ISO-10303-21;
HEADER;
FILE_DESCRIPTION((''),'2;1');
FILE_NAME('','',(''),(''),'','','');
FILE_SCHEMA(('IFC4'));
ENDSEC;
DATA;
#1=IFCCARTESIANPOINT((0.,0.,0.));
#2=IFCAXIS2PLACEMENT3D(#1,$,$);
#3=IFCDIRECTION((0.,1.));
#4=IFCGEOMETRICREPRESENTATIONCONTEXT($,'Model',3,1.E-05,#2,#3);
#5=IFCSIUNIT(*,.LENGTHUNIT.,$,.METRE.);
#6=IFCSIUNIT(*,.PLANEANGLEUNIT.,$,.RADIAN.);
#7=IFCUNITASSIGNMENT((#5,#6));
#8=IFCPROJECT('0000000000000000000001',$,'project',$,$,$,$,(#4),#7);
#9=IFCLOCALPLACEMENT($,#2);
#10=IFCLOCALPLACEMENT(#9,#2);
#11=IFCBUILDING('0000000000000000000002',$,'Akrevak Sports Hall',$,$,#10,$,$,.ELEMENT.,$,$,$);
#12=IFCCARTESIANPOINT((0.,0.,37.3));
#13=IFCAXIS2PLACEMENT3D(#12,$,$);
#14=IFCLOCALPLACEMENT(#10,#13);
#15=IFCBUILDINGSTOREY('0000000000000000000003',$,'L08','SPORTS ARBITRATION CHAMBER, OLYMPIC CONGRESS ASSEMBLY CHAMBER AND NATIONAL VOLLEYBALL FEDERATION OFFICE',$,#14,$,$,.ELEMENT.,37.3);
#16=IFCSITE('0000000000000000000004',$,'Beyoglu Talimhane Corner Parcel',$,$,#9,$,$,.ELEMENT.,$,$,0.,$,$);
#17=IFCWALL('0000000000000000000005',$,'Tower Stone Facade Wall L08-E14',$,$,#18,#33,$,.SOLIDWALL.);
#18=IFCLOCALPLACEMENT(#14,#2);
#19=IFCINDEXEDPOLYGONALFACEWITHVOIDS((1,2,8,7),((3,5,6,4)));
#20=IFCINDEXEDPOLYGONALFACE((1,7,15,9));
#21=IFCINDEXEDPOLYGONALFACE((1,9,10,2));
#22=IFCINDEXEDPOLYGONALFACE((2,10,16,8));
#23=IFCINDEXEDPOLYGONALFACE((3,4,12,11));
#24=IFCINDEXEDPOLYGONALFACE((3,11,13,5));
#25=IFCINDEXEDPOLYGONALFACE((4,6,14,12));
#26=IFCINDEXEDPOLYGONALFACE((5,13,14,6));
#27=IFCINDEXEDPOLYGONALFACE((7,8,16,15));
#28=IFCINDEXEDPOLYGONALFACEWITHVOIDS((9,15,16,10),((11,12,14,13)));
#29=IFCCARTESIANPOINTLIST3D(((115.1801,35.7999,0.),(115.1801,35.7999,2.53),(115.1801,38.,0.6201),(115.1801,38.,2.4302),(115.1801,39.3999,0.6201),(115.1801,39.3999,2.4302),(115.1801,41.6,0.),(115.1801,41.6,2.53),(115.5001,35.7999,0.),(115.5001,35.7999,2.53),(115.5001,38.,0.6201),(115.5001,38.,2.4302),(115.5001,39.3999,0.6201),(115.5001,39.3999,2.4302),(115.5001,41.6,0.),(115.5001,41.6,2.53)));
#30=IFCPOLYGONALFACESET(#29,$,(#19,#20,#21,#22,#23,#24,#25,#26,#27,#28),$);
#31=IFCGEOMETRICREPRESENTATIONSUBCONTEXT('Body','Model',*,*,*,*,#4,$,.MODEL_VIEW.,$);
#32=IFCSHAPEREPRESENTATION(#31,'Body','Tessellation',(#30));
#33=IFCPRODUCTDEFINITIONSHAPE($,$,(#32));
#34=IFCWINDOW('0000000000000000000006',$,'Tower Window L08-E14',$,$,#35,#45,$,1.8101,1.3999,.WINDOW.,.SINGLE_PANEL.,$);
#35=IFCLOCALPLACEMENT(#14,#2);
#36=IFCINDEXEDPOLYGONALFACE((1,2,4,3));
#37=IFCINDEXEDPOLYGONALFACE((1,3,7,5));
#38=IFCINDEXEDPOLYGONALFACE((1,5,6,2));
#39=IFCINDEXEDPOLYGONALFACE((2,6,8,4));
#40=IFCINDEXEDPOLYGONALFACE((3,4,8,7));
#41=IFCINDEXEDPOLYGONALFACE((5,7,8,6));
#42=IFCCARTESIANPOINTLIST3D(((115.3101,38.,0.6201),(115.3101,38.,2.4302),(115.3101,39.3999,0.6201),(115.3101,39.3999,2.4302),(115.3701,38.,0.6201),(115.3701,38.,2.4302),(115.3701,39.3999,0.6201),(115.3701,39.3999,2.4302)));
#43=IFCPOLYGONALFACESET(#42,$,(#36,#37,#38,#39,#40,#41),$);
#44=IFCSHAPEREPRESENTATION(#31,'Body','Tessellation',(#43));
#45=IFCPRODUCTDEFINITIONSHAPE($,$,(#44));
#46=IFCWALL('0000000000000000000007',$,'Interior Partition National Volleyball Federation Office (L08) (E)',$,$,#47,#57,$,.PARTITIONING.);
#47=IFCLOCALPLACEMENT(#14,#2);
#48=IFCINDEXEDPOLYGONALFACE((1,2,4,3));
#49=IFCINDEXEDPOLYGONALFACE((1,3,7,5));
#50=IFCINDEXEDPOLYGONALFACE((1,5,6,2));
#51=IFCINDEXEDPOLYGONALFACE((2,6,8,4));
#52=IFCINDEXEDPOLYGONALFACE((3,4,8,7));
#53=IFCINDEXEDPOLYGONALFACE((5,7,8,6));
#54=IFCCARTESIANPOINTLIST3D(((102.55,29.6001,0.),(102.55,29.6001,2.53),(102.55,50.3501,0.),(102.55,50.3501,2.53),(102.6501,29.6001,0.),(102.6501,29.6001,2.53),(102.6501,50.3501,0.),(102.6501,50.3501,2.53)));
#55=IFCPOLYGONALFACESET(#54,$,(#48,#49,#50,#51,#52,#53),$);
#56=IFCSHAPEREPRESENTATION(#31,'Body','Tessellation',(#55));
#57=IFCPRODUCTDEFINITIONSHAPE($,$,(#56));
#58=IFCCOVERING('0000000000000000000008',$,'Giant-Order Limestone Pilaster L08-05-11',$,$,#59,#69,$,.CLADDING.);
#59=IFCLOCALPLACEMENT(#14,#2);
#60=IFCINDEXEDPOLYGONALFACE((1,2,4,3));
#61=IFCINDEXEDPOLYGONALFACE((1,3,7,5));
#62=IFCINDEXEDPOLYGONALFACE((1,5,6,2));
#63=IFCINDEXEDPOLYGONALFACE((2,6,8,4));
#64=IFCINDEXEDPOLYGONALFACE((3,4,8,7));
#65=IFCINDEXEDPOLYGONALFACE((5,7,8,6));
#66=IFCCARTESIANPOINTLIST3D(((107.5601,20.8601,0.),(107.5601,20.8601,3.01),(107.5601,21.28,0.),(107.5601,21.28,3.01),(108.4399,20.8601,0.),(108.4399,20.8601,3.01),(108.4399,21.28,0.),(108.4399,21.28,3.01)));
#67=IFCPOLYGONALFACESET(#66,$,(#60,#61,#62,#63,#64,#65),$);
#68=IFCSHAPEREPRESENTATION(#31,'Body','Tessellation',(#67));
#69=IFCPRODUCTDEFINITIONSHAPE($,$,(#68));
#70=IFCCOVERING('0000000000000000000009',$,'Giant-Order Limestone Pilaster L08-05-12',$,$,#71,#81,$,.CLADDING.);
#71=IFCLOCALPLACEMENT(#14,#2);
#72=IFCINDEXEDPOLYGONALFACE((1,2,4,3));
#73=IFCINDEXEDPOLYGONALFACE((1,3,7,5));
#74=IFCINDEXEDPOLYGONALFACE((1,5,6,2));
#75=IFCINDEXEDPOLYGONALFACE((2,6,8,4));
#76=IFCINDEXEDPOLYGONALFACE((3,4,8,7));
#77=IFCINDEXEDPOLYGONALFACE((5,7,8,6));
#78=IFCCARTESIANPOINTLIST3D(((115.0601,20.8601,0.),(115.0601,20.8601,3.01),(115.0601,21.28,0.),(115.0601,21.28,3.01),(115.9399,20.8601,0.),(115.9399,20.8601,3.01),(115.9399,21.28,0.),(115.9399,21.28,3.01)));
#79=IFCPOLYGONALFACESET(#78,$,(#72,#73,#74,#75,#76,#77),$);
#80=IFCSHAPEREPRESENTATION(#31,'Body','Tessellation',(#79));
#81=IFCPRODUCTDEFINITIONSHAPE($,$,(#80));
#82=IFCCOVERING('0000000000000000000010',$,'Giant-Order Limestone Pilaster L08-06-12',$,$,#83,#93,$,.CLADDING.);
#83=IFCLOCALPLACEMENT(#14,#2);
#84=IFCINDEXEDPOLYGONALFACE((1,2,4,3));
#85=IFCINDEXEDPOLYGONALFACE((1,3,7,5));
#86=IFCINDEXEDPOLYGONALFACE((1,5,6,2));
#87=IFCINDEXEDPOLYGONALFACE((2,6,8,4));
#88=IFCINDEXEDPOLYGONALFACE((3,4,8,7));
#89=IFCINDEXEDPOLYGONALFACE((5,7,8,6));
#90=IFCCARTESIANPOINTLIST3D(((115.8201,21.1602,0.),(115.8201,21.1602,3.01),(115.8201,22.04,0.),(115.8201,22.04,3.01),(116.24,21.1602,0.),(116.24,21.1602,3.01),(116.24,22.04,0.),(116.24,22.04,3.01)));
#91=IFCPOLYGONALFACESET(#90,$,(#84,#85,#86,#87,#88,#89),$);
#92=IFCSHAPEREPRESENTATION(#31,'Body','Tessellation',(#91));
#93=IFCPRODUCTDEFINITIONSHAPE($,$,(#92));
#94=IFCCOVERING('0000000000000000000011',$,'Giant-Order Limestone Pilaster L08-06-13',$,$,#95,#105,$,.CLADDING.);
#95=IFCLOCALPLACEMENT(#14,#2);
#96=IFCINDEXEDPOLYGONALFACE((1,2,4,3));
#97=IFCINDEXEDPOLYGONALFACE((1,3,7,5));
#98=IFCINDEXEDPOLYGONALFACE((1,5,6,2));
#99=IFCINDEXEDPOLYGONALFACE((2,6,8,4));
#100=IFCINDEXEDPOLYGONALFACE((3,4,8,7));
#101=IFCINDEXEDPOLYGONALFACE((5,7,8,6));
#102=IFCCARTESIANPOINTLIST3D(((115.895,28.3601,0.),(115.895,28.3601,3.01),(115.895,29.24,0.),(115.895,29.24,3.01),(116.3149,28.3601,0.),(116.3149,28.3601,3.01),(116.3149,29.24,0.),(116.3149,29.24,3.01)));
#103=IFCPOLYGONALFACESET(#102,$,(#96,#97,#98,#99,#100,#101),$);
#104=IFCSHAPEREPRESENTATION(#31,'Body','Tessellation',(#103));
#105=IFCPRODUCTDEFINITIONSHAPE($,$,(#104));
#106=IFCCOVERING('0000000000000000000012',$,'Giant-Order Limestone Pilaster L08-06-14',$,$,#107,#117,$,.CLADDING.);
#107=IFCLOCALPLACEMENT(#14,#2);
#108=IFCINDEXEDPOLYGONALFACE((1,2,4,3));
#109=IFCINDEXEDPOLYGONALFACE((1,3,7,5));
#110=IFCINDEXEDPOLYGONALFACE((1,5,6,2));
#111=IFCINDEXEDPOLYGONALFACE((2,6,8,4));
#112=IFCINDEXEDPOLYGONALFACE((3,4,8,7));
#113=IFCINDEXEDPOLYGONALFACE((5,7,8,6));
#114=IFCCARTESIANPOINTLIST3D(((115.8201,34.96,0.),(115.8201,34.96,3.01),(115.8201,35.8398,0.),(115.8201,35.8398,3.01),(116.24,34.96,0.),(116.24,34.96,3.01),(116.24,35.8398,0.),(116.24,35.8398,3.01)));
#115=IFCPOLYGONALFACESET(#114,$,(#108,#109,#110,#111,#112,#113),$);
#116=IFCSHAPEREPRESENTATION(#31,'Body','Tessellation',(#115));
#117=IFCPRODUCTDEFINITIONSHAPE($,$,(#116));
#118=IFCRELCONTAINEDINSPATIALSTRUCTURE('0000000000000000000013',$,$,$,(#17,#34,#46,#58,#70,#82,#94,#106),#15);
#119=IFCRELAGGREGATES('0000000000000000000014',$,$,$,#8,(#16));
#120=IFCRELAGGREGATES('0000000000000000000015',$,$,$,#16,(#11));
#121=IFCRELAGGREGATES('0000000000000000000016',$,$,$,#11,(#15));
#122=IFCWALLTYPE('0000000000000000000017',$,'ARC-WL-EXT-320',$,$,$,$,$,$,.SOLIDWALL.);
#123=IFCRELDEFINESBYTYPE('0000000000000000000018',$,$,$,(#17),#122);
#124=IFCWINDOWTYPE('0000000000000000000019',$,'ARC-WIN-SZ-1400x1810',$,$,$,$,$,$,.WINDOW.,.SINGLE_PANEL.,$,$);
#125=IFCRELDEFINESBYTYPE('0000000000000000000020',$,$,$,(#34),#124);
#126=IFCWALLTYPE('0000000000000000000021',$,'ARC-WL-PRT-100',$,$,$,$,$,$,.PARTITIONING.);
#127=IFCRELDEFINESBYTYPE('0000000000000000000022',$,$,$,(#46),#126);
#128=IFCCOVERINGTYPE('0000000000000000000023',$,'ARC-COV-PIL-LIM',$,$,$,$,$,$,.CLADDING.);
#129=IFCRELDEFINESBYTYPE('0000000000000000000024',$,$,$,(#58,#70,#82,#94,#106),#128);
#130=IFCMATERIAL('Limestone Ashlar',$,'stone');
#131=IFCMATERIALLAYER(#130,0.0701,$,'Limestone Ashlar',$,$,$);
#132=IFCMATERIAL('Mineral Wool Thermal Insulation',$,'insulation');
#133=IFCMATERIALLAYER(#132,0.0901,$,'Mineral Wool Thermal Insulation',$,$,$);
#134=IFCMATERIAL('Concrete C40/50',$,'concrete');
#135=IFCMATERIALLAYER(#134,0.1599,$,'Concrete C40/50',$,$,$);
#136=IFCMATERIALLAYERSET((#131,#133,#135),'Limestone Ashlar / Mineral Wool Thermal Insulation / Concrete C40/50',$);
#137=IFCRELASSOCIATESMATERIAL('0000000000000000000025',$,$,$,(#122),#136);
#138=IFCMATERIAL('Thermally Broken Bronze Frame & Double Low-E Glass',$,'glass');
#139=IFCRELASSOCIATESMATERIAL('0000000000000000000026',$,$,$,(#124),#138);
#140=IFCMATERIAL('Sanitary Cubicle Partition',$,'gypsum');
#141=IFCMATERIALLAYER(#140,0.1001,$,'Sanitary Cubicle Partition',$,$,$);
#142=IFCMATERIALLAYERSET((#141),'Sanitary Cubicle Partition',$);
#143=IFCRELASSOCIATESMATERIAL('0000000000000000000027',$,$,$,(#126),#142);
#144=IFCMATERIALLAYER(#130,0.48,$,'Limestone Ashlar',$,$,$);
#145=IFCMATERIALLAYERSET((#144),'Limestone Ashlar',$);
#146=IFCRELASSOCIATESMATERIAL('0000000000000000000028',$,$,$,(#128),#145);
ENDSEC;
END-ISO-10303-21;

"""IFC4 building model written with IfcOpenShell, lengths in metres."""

from ifc_helpers import new_model, si_unit, direction, frame, frame_2d, origin, origin_2d, place, context, subcontext, project, spatial, rectangle, extrude, material, layer, layer_set, type_object, element, fill, save


model = new_model("IFC4")

# Units and contexts
model_context = context("Model", 3, precision=1e-05, world=origin(), true_north=direction((0.0, 1.0)))
body_context = subcontext(model_context, "Body", "Model", "MODEL_VIEW")
ifc_project = project(units=[si_unit("LENGTHUNIT", "METRE"), si_unit("PLANEANGLEUNIT", "RADIAN")], contexts=[model_context])

# Site, building, storey
site_placement = place(None, origin())
site = spatial("IfcSite", under=ifc_project, at=site_placement, Name="Beyoglu Talimhane Corner Parcel", CompositionType="ELEMENT", RefElevation=0.0)
building_placement = place(site_placement, origin())
building = spatial("IfcBuilding", under=site, at=building_placement, Name="Akrevak Sports Hall", CompositionType="ELEMENT")
storey_placement = place(building_placement, frame((0.0, 0.0, 37.3)))
storey = spatial("IfcBuildingStorey", under=building, at=storey_placement, Name="L08", Description="SPORTS ARBITRATION CHAMBER, OLYMPIC CONGRESS ASSEMBLY CHAMBER AND NATIONAL VOLLEYBALL FEDERATION OFFICE", CompositionType="ELEMENT", Elevation=37.3)

# Shared definitions
ifc_material_1 = material(Name="Concrete C40/50", Category="concrete")

# Wall, opening, window
ifc_material_2 = material(Name="Limestone Ashlar", Category="stone")
ifc_layer_1 = layer(ifc_material_2, 0.0701, Name="Limestone Ashlar")
ifc_material_3 = material(Name="Mineral Wool Thermal Insulation", Category="insulation")
ifc_layer_2 = layer(ifc_material_3, 0.0901, Name="Mineral Wool Thermal Insulation")
ifc_layer_3 = layer(ifc_material_1, 0.1599, Name="Concrete C40/50")
ifc_layer_set_1 = layer_set([ifc_layer_1, ifc_layer_2, ifc_layer_3], Name="Limestone Ashlar / Mineral Wool Thermal Insulation / Concrete C40/50")
wall_type_1 = type_object("IfcWallType", Name="ARC-WL-EXT-320", PredefinedType="SOLIDWALL", material=ifc_layer_set_1)
ifc_material_4 = material(Name="Thermally Broken Bronze Frame & Double Low-E Glass", Category="glass")
wall_1_placement = place(storey_placement, frame((115.3401, 35.8, 0.0), z_axis=(0.0, 0.0, 1.0), x_axis=(0.0, 1.0, 0.0)))
wall_1 = element("IfcWall", 1, at=wall_1_placement, inside=storey, type_object=wall_type_1, Name="Tower Stone Facade Wall L08-E14", PredefinedType="SOLIDWALL", context=body_context, shape_type="SweptSolid", body=[
    extrude(rectangle(XDim=5.8, YDim=0.3201, at=frame_2d((2.8999, 0.0))), origin(), (0.0, 0.0, 1.0), 2.53),
])
opening_1_placement = place(wall_1_placement, frame((2.2, 0.0, 0.6201)))
opening_1 = element("IfcOpeningElement", 2, at=opening_1_placement, cuts=wall_1, PredefinedType="OPENING", context=body_context, shape_type="SweptSolid", body=[
    extrude(rectangle(XDim=1.3999, YDim=1.8101, at=frame_2d((0.7, 0.905))), frame((0.0, 0.1719, 0.0), z_axis=(0.0, -1.0, 0.0), x_axis=(1.0, 0.0, 0.0)), (0.0, 0.0, 1.0), 0.344),
])
window_type_1 = type_object("IfcWindowType", Name="ARC-WIN-SZ-1400x1810", PartitioningType="SINGLE_PANEL", PredefinedType="WINDOW", material=ifc_material_4)
window_1_placement = place(opening_1_placement, origin())
window_1 = element("IfcWindow", 3, at=window_1_placement, inside=storey, type_object=window_type_1, Name="Tower Window L08-E14", OverallHeight=1.8101, OverallWidth=1.3999, PartitioningType="SINGLE_PANEL", PredefinedType="WINDOW", context=body_context, shape_type="SweptSolid", body=[
    extrude(rectangle(XDim=1.3999, YDim=1.8101, at=frame_2d((0.7, 0.905))), frame((0.0, 0.03, 0.0), z_axis=(0.0, -1.0, 0.0), x_axis=(1.0, 0.0, 0.0)), (0.0, 0.0, 1.0), 0.0601),
])
fill(opening_1, window_1)

# Wall
ifc_material_5 = material(Name="Sanitary Cubicle Partition", Category="gypsum")
ifc_layer_4 = layer(ifc_material_5, 0.1001, Name="Sanitary Cubicle Partition")
ifc_layer_set_2 = layer_set([ifc_layer_4], Name="Sanitary Cubicle Partition")
wall_type_2 = type_object("IfcWallType", Name="ARC-WL-PRT-100", PredefinedType="PARTITIONING", material=ifc_layer_set_2)
wall_2_placement = place(storey_placement, frame((102.6001, 29.6001, 0.0), z_axis=(0.0, 0.0, 1.0), x_axis=(0.0, 1.0, 0.0)))
element("IfcWall", 4, at=wall_2_placement, inside=storey, type_object=wall_type_2, Name="Interior Partition National Volleyball Federation Office (L08) (E)", PredefinedType="PARTITIONING", context=body_context, shape_type="SweptSolid", body=[
    extrude(rectangle(XDim=20.75, YDim=0.1001, at=frame_2d((10.375, 0.0))), origin(), (0.0, 0.0, 1.0), 2.53),
])

# Coverings
ifc_layer_5 = layer(ifc_material_2, 0.48, Name="Limestone Ashlar")
ifc_layer_set_3 = layer_set([ifc_layer_5], Name="Limestone Ashlar")
covering_type = type_object("IfcCoveringType", Name="ARC-COV-PIL-LIM", PredefinedType="CLADDING", material=ifc_layer_set_3)
for number, where, z_axis, x_axis, name in (
    (5, (108.0, 21.0701, 0.0), (0.0, 0.0, 1.0), (1.0, 0.0, 0.0), "Giant-Order Limestone Pilaster L08-05-11"),
    (6, (115.5, 21.0701, 0.0), (0.0, 0.0, 1.0), (1.0, 0.0, 0.0), "Giant-Order Limestone Pilaster L08-05-12"),
    (7, (116.03, 21.6001, 0.0), (0.0, 0.0, 1.0), (0.0, 1.0, 0.0), "Giant-Order Limestone Pilaster L08-06-12"),
    (8, (116.105, 28.8, 0.0), (0.0, 0.0, 1.0), (0.0, 1.0, 0.0), "Giant-Order Limestone Pilaster L08-06-13"),
    (9, (116.03, 35.3999, 0.0), (0.0, 0.0, 1.0), (0.0, 1.0, 0.0), "Giant-Order Limestone Pilaster L08-06-14"),
):
    element("IfcCovering", number, at=place(storey_placement, frame(where, z_axis=z_axis, x_axis=x_axis)), inside=storey, type_object=covering_type, Name=name, PredefinedType="CLADDING", context=body_context, shape_type="SweptSolid", body=[
        extrude(rectangle(XDim=0.8799, YDim=0.4199, at=origin_2d()), origin(), (0.0, 0.0, 1.0), 3.01),
    ])

save(model, "model.ifc")
